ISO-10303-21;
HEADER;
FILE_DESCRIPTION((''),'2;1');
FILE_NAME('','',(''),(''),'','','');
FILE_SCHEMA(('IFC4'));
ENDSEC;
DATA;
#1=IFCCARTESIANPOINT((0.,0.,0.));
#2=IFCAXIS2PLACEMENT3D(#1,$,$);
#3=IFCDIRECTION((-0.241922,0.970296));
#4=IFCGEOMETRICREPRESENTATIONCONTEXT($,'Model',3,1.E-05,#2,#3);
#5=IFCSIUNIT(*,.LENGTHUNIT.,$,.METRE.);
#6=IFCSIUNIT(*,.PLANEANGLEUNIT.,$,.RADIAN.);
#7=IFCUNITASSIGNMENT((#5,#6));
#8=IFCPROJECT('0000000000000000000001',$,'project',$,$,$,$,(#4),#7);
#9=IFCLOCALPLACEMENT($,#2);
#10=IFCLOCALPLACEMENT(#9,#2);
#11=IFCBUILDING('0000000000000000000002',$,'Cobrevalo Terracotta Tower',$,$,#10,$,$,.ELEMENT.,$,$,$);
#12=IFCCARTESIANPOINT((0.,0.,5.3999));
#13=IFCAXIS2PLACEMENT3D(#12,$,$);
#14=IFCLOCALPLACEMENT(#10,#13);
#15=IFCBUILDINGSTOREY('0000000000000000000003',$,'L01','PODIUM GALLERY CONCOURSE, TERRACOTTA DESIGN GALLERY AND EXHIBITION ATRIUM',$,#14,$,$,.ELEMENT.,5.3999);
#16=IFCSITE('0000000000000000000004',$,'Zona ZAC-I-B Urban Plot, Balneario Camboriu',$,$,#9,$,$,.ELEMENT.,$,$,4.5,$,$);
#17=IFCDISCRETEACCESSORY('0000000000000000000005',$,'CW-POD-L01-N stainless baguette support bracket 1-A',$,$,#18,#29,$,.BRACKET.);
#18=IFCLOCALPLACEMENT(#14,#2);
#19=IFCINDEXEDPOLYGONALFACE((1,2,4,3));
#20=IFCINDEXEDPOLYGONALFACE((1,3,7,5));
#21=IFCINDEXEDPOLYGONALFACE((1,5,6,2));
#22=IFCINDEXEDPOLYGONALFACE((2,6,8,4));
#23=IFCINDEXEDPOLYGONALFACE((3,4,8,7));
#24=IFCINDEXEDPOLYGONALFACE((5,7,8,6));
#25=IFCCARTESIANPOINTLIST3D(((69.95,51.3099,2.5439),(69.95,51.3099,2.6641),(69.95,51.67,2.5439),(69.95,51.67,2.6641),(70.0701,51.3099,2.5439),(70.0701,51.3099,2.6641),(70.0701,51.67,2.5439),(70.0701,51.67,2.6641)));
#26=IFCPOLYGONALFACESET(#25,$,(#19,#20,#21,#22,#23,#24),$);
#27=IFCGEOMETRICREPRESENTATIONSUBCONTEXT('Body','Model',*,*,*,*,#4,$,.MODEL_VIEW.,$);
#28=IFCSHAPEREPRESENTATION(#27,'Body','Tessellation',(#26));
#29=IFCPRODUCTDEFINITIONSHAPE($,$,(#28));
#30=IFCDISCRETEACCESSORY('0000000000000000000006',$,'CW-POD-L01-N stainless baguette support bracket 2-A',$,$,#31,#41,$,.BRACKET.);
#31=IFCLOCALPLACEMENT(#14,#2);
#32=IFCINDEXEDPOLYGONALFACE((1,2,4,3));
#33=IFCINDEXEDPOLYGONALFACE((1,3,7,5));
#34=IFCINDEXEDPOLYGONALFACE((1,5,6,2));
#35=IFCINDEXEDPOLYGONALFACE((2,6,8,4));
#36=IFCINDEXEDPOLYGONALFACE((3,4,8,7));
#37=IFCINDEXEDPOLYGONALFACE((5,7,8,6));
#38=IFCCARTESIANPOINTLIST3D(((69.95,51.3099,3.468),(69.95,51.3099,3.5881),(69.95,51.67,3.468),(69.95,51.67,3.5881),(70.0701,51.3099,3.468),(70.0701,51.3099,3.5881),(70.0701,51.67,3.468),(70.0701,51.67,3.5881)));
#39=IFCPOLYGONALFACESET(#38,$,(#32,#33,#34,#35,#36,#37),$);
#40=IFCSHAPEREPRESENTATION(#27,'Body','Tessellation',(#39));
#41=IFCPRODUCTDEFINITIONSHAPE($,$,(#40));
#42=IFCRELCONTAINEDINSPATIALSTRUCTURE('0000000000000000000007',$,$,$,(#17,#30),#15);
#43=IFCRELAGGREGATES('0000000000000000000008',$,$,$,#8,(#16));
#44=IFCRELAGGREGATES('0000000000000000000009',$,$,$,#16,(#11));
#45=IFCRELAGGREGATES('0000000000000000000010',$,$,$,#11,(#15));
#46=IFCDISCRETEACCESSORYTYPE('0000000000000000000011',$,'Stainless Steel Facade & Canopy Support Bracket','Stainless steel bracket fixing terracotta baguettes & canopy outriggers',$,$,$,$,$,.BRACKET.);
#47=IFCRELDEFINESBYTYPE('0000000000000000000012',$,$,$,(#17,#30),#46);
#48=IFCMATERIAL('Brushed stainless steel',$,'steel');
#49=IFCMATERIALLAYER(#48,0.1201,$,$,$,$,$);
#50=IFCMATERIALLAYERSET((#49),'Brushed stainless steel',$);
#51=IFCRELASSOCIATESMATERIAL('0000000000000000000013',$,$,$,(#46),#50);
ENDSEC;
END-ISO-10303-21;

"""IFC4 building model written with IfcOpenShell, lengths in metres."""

from ifc_helpers import new_model, si_unit, direction, frame, origin, origin_2d, place, context, subcontext, project, spatial, rectangle, extrude, source, transform, mapped, material, layer, layer_set, type_object, element, save


model = new_model("IFC4")

# Units and contexts
model_context = context("Model", 3, precision=1e-05, world=origin(), true_north=direction((-0.241922, 0.970296)))
body_context = subcontext(model_context, "Body", "Model", "MODEL_VIEW")
ifc_project = project(units=[si_unit("LENGTHUNIT", "METRE"), si_unit("PLANEANGLEUNIT", "RADIAN")], contexts=[model_context])

# Site, building, storey
site_placement = place(None, origin())
site = spatial("IfcSite", under=ifc_project, at=site_placement, Name="Zona ZAC-I-B Urban Plot, Balneario Camboriu", CompositionType="ELEMENT", RefElevation=4.5)
building_placement = place(site_placement, origin())
building = spatial("IfcBuilding", under=site, at=building_placement, Name="Cobrevalo Terracotta Tower", CompositionType="ELEMENT")
storey_placement = place(building_placement, frame((0.0, 0.0, 5.3999)))
storey = spatial("IfcBuildingStorey", under=building, at=storey_placement, Name="L01", Description="PODIUM GALLERY CONCOURSE, TERRACOTTA DESIGN GALLERY AND EXHIBITION ATRIUM", CompositionType="ELEMENT", Elevation=5.3999)

# Shared definitions
ifc_material_1 = material(Name="Brushed stainless steel", Category="steel")

# Discrete accessories
ifc_layer_1 = layer(ifc_material_1, 0.1201)
ifc_layer_set_1 = layer_set([ifc_layer_1], Name="Brushed stainless steel")
discrete_accessory_type = type_object("IfcDiscreteAccessoryType", Name="Stainless Steel Facade & Canopy Support Bracket", Description="Stainless steel bracket fixing terracotta baguettes & canopy outriggers", PredefinedType="BRACKET", material=ifc_layer_set_1)
shared_shape_1 = source(origin(), body_context, "Body", "SweptSolid", [
    extrude(rectangle(XDim=0.1201, YDim=0.3601, at=origin_2d()), origin(), (0.0, 0.0, 1.0), 0.1201),
])
for number, where, z_axis, x_axis, name in (
    (1, (70.01, 51.49, 2.5439), (0.0, 0.0, 1.0), (-1.0, 0.0, 0.0), "CW-POD-L01-N stainless baguette support bracket 1-A"),
    (2, (70.01, 51.49, 3.468), (0.0, 0.0, 1.0), (-1.0, 0.0, 0.0), "CW-POD-L01-N stainless baguette support bracket 2-A"),
):
    element("IfcDiscreteAccessory", number, at=place(storey_placement, frame(where, z_axis=z_axis, x_axis=x_axis)), inside=storey, type_object=discrete_accessory_type, Name=name, PredefinedType="BRACKET", context=body_context, shape_type="MappedRepresentation", body=[
        mapped(shared_shape_1, transform((0.0, 0.0, 0.0), scale=1.0)),
    ])

save(model, "model.ifc")
